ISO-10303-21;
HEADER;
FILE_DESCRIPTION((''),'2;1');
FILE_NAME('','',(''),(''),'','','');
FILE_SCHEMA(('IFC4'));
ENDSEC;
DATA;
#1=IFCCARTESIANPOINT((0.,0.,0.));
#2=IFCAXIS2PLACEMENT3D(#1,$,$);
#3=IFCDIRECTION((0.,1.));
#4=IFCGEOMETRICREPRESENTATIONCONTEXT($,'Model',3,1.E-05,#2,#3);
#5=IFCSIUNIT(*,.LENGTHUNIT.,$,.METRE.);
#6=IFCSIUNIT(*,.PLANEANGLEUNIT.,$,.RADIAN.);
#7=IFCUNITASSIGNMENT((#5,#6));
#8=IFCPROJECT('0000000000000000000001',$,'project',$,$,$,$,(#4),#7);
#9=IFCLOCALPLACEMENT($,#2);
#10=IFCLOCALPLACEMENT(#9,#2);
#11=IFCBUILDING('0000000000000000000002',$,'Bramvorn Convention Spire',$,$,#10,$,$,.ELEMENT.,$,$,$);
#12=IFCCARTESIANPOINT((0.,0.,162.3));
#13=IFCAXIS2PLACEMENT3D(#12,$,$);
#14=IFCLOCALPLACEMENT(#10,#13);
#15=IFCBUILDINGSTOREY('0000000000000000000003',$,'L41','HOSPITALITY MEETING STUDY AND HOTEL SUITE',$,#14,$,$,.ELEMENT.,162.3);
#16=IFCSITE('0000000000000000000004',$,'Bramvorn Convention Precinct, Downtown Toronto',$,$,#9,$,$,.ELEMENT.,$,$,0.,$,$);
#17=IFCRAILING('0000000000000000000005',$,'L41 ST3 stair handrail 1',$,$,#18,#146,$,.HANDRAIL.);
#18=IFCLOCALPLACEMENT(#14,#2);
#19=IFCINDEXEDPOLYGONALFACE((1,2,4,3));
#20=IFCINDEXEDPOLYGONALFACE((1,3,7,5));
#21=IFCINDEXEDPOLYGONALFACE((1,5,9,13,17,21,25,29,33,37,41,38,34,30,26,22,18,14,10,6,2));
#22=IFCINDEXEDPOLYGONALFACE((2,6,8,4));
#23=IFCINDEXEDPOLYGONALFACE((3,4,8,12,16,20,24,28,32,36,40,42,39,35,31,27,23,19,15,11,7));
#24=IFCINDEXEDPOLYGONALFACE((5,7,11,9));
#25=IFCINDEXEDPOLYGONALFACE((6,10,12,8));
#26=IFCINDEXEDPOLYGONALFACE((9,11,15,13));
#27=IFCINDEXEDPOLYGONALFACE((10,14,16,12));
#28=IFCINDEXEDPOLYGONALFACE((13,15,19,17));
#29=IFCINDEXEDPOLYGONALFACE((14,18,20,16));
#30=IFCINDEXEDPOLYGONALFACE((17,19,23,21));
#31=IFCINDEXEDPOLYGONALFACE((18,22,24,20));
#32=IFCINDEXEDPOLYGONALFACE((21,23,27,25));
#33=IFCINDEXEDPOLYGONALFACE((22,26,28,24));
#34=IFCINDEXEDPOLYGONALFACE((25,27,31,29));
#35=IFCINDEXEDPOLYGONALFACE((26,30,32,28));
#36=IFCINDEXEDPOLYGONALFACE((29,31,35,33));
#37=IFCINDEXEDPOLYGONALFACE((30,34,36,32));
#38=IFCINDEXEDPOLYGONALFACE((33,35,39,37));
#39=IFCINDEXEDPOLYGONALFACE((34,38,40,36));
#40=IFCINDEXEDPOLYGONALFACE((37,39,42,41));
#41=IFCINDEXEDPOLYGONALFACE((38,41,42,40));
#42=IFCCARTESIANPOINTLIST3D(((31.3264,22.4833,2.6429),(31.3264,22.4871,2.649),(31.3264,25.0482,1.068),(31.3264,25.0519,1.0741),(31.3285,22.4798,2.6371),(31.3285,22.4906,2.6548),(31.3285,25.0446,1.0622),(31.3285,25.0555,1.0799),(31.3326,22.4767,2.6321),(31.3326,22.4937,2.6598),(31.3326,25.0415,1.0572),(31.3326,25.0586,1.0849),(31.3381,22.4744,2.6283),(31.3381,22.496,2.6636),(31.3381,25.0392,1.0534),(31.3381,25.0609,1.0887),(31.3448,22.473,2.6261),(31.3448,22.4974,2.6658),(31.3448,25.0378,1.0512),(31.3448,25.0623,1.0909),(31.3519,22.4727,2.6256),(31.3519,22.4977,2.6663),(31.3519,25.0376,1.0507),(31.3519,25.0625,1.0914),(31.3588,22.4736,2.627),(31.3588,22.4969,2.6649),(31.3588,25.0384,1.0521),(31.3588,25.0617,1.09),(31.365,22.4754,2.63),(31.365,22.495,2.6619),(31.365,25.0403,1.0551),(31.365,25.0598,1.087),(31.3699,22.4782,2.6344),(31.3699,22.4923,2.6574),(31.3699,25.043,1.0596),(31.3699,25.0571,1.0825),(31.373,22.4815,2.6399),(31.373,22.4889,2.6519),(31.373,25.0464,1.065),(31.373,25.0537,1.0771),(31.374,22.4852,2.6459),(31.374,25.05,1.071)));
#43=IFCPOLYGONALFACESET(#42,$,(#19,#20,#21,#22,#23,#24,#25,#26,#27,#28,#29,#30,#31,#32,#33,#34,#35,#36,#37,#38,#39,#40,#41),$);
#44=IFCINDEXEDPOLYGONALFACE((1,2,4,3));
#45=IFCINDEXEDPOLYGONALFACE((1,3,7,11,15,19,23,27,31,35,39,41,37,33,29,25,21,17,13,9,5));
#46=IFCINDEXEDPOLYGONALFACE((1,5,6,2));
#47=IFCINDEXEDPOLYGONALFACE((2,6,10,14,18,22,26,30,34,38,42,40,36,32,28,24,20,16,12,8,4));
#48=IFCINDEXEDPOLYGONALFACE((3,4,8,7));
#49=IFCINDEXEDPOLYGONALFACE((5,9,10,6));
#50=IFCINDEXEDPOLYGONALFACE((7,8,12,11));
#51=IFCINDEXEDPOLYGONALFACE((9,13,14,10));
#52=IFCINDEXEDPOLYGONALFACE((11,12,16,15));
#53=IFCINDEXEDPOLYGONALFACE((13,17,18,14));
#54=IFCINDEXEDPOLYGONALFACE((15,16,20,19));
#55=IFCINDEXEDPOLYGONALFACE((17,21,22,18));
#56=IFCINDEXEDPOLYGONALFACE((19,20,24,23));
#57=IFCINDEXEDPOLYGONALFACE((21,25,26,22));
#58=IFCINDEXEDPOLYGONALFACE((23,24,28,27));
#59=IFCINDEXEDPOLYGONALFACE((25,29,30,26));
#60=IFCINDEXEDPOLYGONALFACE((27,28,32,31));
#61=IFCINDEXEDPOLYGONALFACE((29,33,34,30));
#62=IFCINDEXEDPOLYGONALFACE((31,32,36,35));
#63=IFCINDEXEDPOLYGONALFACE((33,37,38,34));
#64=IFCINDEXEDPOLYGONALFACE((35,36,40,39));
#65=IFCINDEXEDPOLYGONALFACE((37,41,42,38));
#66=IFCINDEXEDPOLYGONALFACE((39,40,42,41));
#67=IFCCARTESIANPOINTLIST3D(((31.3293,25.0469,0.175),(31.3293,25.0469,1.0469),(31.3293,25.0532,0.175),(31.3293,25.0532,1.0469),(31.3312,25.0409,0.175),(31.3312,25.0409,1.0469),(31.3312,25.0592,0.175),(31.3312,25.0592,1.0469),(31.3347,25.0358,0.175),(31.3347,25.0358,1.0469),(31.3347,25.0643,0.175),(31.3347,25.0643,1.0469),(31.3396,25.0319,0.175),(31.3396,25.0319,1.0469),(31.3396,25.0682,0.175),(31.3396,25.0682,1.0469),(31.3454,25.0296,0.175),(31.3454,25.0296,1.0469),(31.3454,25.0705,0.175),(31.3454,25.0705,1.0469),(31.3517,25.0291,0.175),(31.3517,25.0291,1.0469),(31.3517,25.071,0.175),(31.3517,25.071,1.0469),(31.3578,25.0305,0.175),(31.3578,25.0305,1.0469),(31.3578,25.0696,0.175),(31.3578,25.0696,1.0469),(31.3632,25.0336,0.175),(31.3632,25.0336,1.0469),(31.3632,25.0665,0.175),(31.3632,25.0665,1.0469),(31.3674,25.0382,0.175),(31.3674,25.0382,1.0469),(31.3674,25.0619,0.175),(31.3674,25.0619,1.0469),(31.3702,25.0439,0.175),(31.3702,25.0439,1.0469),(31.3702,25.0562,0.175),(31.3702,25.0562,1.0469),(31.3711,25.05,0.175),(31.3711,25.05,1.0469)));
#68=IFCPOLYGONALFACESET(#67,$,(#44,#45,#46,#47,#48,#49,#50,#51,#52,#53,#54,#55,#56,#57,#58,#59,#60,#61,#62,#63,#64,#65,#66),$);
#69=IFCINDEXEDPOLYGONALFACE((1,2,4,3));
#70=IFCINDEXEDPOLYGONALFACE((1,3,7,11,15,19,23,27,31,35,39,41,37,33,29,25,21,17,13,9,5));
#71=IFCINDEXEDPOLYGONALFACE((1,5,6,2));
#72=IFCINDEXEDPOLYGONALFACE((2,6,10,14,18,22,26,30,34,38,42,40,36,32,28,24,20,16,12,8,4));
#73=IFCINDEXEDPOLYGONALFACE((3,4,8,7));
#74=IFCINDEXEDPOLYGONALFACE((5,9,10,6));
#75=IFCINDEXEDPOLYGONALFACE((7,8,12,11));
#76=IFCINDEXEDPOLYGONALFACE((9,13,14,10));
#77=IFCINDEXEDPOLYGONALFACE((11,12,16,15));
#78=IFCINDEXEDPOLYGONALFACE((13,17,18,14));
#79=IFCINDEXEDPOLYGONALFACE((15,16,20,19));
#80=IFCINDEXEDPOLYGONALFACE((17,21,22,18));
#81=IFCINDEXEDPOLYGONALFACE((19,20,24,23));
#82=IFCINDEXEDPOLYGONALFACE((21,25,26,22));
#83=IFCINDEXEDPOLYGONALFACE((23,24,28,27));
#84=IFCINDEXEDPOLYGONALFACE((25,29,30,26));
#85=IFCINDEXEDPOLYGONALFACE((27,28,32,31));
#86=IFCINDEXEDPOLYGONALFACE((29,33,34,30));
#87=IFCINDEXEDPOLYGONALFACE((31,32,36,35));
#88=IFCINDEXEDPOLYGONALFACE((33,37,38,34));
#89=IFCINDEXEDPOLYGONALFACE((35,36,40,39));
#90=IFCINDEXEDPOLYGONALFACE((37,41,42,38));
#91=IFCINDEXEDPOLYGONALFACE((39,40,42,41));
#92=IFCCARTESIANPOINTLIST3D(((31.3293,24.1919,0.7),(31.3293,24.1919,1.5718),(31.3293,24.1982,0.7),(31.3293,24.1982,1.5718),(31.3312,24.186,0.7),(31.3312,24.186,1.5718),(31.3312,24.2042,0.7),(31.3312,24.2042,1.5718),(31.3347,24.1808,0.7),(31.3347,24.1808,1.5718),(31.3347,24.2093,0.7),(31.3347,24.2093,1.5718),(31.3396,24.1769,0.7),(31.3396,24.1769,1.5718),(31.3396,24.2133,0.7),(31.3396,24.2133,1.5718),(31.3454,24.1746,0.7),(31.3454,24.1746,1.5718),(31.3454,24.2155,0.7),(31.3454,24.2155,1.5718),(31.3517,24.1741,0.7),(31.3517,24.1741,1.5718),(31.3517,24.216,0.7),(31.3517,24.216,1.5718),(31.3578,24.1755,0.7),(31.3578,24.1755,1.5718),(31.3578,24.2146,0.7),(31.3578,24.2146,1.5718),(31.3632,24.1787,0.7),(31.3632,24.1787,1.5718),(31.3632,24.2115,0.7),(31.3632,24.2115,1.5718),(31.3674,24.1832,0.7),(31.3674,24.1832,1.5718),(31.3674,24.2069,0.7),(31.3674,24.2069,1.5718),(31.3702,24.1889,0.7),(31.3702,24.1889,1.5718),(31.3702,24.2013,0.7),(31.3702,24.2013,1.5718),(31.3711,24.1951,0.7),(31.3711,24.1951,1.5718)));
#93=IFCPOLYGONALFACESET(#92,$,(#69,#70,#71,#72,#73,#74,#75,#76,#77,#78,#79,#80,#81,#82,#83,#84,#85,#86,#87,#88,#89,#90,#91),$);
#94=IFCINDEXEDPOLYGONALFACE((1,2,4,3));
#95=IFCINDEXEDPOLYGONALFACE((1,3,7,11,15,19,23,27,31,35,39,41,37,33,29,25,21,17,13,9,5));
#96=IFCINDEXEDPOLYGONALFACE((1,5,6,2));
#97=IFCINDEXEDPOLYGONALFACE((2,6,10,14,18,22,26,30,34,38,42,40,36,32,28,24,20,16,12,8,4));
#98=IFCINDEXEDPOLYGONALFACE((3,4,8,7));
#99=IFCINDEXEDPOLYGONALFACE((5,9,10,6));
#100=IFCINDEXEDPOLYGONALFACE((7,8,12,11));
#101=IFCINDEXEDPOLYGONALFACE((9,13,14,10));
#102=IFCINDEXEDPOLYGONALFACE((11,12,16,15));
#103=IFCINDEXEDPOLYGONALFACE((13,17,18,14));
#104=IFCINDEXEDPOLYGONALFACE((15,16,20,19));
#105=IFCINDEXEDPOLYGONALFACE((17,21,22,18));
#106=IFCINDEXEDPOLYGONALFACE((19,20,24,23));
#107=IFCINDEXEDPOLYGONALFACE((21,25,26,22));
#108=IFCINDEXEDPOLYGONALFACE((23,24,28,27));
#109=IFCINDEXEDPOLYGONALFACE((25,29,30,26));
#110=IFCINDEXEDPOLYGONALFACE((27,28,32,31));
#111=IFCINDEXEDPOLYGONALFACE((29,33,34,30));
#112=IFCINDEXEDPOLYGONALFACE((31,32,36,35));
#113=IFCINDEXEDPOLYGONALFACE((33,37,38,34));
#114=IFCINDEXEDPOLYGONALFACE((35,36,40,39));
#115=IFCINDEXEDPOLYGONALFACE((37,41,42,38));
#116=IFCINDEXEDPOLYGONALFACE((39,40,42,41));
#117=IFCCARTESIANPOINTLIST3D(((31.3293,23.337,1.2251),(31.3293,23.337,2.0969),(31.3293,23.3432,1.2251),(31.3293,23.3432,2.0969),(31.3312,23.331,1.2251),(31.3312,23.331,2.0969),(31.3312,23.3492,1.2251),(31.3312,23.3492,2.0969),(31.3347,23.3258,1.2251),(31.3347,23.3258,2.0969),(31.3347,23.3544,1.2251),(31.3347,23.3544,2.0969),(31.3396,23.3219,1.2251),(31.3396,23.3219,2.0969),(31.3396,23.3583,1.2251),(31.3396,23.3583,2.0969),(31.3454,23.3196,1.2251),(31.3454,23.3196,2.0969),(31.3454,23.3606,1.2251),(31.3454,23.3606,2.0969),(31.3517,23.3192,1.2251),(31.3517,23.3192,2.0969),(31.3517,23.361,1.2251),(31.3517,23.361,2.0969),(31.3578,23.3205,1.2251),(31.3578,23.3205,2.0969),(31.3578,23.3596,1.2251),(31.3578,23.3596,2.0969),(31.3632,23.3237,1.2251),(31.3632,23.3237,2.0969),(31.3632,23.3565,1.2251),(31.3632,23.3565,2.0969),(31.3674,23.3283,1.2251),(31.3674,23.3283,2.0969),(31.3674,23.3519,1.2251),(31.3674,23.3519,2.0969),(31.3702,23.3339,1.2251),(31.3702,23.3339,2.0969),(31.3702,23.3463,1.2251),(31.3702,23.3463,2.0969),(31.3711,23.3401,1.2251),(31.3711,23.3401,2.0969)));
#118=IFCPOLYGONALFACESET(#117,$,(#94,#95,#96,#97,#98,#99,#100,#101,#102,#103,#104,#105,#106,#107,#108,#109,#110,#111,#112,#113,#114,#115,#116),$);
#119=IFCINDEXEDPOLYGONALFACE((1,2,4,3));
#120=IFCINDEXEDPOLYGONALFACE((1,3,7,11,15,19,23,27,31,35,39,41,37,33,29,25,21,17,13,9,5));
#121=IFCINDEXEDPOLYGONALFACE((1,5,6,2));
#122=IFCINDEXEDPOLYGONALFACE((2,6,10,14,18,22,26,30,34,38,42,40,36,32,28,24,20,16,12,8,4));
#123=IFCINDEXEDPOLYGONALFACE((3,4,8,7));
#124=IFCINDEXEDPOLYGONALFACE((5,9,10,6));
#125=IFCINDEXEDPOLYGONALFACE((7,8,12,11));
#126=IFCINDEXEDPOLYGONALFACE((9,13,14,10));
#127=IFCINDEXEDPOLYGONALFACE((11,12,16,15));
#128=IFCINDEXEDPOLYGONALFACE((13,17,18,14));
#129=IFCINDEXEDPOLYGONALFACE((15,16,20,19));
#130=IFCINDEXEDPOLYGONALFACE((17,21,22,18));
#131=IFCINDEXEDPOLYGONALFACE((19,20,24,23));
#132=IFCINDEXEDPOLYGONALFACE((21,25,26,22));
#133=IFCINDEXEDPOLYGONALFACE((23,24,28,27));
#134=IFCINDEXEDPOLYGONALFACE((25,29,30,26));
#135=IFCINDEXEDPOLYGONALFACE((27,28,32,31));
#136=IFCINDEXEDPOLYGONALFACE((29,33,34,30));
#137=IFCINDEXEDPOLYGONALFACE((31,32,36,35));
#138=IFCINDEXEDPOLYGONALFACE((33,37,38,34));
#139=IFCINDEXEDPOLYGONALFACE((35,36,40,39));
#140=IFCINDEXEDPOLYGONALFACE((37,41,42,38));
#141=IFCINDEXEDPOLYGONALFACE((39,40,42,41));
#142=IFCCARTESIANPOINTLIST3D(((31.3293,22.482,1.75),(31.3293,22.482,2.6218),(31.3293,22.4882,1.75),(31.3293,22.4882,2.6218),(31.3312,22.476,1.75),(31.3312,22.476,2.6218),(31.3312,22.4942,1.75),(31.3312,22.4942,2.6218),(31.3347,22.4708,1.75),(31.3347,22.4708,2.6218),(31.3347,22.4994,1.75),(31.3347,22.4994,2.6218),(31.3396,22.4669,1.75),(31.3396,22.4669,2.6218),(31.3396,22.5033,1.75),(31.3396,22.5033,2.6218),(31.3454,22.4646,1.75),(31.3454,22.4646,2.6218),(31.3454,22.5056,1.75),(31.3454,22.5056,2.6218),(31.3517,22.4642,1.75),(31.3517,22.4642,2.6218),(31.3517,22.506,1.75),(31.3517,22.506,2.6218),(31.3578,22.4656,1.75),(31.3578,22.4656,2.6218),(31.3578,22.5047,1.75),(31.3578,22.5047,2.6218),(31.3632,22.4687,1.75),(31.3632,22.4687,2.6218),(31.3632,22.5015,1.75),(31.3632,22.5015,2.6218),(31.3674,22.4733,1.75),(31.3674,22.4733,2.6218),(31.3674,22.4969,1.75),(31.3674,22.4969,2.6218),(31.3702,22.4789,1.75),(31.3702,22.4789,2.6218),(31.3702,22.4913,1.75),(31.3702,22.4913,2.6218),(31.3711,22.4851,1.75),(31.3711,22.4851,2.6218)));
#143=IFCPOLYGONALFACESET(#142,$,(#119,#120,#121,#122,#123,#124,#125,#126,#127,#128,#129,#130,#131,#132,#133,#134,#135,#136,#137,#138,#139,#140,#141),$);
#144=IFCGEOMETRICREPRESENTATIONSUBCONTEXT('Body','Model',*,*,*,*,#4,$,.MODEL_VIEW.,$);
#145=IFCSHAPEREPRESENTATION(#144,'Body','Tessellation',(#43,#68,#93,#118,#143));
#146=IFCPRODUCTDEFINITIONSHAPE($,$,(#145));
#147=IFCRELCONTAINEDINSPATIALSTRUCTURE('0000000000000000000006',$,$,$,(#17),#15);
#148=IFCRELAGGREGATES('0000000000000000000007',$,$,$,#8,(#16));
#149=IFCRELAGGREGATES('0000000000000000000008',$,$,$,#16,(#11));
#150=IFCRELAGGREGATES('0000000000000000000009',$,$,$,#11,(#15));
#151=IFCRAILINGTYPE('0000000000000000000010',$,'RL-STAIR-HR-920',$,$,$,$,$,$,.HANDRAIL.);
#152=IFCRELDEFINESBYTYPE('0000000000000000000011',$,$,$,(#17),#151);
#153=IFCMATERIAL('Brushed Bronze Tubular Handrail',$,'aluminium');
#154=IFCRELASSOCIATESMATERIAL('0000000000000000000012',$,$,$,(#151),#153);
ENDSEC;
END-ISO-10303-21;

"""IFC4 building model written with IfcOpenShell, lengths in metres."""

from ifc_helpers import new_model, si_unit, direction, frame, origin, origin_2d, place, context, subcontext, project, spatial, circle, extrude, material, type_object, element, save


model = new_model("IFC4")

# Units and contexts
model_context = context("Model", 3, precision=1e-05, world=origin(), true_north=direction((0.0, 1.0)))
body_context = subcontext(model_context, "Body", "Model", "MODEL_VIEW")
ifc_project = project(units=[si_unit("LENGTHUNIT", "METRE"), si_unit("PLANEANGLEUNIT", "RADIAN")], contexts=[model_context])

# Site, building, storey
site_placement = place(None, origin())
site = spatial("IfcSite", under=ifc_project, at=site_placement, Name="Bramvorn Convention Precinct, Downtown Toronto", CompositionType="ELEMENT", RefElevation=0.0)
building_placement = place(site_placement, origin())
building = spatial("IfcBuilding", under=site, at=building_placement, Name="Bramvorn Convention Spire", CompositionType="ELEMENT")
storey_placement = place(building_placement, frame((0.0, 0.0, 162.3)))
storey = spatial("IfcBuildingStorey", under=building, at=storey_placement, Name="L41", Description="HOSPITALITY MEETING STUDY AND HOTEL SUITE", CompositionType="ELEMENT", Elevation=162.3)

# Railing
ifc_material_1 = material(Name="Brushed Bronze Tubular Handrail", Category="aluminium")
railing_type_1 = type_object("IfcRailingType", Name="RL-STAIR-HR-920", PredefinedType="HANDRAIL", material=ifc_material_1)
railing_1_placement = place(storey_placement, frame((31.3501, 25.05, 0.175)))
element("IfcRailing", 1, at=railing_1_placement, inside=storey, type_object=railing_type_1, Name="L41 ST3 stair handrail 1", PredefinedType="HANDRAIL", context=body_context, shape_type="SweptSolid", body=[
    extrude(circle(Radius=0.0239, at=origin_2d()), frame((0.0, 0.0, 0.896), z_axis=(0.0, -0.852173, 0.52326), x_axis=(1.0, 0.0, 0.0)), (0.0, 0.0, 1.0), 3.0098),
    extrude(circle(Radius=0.021, at=origin_2d()), origin(), (0.0, 0.0, 1.0), 0.8718),
    extrude(circle(Radius=0.021, at=origin_2d()), frame((0.0, -0.855, 0.5249)), (0.0, 0.0, 1.0), 0.8718),
    extrude(circle(Radius=0.021, at=origin_2d()), frame((0.0, -1.71, 1.05)), (0.0, 0.0, 1.0), 0.8718),
    extrude(circle(Radius=0.021, at=origin_2d()), frame((0.0, -2.5649, 1.575)), (0.0, 0.0, 1.0), 0.8718),
])

save(model, "model.ifc")
